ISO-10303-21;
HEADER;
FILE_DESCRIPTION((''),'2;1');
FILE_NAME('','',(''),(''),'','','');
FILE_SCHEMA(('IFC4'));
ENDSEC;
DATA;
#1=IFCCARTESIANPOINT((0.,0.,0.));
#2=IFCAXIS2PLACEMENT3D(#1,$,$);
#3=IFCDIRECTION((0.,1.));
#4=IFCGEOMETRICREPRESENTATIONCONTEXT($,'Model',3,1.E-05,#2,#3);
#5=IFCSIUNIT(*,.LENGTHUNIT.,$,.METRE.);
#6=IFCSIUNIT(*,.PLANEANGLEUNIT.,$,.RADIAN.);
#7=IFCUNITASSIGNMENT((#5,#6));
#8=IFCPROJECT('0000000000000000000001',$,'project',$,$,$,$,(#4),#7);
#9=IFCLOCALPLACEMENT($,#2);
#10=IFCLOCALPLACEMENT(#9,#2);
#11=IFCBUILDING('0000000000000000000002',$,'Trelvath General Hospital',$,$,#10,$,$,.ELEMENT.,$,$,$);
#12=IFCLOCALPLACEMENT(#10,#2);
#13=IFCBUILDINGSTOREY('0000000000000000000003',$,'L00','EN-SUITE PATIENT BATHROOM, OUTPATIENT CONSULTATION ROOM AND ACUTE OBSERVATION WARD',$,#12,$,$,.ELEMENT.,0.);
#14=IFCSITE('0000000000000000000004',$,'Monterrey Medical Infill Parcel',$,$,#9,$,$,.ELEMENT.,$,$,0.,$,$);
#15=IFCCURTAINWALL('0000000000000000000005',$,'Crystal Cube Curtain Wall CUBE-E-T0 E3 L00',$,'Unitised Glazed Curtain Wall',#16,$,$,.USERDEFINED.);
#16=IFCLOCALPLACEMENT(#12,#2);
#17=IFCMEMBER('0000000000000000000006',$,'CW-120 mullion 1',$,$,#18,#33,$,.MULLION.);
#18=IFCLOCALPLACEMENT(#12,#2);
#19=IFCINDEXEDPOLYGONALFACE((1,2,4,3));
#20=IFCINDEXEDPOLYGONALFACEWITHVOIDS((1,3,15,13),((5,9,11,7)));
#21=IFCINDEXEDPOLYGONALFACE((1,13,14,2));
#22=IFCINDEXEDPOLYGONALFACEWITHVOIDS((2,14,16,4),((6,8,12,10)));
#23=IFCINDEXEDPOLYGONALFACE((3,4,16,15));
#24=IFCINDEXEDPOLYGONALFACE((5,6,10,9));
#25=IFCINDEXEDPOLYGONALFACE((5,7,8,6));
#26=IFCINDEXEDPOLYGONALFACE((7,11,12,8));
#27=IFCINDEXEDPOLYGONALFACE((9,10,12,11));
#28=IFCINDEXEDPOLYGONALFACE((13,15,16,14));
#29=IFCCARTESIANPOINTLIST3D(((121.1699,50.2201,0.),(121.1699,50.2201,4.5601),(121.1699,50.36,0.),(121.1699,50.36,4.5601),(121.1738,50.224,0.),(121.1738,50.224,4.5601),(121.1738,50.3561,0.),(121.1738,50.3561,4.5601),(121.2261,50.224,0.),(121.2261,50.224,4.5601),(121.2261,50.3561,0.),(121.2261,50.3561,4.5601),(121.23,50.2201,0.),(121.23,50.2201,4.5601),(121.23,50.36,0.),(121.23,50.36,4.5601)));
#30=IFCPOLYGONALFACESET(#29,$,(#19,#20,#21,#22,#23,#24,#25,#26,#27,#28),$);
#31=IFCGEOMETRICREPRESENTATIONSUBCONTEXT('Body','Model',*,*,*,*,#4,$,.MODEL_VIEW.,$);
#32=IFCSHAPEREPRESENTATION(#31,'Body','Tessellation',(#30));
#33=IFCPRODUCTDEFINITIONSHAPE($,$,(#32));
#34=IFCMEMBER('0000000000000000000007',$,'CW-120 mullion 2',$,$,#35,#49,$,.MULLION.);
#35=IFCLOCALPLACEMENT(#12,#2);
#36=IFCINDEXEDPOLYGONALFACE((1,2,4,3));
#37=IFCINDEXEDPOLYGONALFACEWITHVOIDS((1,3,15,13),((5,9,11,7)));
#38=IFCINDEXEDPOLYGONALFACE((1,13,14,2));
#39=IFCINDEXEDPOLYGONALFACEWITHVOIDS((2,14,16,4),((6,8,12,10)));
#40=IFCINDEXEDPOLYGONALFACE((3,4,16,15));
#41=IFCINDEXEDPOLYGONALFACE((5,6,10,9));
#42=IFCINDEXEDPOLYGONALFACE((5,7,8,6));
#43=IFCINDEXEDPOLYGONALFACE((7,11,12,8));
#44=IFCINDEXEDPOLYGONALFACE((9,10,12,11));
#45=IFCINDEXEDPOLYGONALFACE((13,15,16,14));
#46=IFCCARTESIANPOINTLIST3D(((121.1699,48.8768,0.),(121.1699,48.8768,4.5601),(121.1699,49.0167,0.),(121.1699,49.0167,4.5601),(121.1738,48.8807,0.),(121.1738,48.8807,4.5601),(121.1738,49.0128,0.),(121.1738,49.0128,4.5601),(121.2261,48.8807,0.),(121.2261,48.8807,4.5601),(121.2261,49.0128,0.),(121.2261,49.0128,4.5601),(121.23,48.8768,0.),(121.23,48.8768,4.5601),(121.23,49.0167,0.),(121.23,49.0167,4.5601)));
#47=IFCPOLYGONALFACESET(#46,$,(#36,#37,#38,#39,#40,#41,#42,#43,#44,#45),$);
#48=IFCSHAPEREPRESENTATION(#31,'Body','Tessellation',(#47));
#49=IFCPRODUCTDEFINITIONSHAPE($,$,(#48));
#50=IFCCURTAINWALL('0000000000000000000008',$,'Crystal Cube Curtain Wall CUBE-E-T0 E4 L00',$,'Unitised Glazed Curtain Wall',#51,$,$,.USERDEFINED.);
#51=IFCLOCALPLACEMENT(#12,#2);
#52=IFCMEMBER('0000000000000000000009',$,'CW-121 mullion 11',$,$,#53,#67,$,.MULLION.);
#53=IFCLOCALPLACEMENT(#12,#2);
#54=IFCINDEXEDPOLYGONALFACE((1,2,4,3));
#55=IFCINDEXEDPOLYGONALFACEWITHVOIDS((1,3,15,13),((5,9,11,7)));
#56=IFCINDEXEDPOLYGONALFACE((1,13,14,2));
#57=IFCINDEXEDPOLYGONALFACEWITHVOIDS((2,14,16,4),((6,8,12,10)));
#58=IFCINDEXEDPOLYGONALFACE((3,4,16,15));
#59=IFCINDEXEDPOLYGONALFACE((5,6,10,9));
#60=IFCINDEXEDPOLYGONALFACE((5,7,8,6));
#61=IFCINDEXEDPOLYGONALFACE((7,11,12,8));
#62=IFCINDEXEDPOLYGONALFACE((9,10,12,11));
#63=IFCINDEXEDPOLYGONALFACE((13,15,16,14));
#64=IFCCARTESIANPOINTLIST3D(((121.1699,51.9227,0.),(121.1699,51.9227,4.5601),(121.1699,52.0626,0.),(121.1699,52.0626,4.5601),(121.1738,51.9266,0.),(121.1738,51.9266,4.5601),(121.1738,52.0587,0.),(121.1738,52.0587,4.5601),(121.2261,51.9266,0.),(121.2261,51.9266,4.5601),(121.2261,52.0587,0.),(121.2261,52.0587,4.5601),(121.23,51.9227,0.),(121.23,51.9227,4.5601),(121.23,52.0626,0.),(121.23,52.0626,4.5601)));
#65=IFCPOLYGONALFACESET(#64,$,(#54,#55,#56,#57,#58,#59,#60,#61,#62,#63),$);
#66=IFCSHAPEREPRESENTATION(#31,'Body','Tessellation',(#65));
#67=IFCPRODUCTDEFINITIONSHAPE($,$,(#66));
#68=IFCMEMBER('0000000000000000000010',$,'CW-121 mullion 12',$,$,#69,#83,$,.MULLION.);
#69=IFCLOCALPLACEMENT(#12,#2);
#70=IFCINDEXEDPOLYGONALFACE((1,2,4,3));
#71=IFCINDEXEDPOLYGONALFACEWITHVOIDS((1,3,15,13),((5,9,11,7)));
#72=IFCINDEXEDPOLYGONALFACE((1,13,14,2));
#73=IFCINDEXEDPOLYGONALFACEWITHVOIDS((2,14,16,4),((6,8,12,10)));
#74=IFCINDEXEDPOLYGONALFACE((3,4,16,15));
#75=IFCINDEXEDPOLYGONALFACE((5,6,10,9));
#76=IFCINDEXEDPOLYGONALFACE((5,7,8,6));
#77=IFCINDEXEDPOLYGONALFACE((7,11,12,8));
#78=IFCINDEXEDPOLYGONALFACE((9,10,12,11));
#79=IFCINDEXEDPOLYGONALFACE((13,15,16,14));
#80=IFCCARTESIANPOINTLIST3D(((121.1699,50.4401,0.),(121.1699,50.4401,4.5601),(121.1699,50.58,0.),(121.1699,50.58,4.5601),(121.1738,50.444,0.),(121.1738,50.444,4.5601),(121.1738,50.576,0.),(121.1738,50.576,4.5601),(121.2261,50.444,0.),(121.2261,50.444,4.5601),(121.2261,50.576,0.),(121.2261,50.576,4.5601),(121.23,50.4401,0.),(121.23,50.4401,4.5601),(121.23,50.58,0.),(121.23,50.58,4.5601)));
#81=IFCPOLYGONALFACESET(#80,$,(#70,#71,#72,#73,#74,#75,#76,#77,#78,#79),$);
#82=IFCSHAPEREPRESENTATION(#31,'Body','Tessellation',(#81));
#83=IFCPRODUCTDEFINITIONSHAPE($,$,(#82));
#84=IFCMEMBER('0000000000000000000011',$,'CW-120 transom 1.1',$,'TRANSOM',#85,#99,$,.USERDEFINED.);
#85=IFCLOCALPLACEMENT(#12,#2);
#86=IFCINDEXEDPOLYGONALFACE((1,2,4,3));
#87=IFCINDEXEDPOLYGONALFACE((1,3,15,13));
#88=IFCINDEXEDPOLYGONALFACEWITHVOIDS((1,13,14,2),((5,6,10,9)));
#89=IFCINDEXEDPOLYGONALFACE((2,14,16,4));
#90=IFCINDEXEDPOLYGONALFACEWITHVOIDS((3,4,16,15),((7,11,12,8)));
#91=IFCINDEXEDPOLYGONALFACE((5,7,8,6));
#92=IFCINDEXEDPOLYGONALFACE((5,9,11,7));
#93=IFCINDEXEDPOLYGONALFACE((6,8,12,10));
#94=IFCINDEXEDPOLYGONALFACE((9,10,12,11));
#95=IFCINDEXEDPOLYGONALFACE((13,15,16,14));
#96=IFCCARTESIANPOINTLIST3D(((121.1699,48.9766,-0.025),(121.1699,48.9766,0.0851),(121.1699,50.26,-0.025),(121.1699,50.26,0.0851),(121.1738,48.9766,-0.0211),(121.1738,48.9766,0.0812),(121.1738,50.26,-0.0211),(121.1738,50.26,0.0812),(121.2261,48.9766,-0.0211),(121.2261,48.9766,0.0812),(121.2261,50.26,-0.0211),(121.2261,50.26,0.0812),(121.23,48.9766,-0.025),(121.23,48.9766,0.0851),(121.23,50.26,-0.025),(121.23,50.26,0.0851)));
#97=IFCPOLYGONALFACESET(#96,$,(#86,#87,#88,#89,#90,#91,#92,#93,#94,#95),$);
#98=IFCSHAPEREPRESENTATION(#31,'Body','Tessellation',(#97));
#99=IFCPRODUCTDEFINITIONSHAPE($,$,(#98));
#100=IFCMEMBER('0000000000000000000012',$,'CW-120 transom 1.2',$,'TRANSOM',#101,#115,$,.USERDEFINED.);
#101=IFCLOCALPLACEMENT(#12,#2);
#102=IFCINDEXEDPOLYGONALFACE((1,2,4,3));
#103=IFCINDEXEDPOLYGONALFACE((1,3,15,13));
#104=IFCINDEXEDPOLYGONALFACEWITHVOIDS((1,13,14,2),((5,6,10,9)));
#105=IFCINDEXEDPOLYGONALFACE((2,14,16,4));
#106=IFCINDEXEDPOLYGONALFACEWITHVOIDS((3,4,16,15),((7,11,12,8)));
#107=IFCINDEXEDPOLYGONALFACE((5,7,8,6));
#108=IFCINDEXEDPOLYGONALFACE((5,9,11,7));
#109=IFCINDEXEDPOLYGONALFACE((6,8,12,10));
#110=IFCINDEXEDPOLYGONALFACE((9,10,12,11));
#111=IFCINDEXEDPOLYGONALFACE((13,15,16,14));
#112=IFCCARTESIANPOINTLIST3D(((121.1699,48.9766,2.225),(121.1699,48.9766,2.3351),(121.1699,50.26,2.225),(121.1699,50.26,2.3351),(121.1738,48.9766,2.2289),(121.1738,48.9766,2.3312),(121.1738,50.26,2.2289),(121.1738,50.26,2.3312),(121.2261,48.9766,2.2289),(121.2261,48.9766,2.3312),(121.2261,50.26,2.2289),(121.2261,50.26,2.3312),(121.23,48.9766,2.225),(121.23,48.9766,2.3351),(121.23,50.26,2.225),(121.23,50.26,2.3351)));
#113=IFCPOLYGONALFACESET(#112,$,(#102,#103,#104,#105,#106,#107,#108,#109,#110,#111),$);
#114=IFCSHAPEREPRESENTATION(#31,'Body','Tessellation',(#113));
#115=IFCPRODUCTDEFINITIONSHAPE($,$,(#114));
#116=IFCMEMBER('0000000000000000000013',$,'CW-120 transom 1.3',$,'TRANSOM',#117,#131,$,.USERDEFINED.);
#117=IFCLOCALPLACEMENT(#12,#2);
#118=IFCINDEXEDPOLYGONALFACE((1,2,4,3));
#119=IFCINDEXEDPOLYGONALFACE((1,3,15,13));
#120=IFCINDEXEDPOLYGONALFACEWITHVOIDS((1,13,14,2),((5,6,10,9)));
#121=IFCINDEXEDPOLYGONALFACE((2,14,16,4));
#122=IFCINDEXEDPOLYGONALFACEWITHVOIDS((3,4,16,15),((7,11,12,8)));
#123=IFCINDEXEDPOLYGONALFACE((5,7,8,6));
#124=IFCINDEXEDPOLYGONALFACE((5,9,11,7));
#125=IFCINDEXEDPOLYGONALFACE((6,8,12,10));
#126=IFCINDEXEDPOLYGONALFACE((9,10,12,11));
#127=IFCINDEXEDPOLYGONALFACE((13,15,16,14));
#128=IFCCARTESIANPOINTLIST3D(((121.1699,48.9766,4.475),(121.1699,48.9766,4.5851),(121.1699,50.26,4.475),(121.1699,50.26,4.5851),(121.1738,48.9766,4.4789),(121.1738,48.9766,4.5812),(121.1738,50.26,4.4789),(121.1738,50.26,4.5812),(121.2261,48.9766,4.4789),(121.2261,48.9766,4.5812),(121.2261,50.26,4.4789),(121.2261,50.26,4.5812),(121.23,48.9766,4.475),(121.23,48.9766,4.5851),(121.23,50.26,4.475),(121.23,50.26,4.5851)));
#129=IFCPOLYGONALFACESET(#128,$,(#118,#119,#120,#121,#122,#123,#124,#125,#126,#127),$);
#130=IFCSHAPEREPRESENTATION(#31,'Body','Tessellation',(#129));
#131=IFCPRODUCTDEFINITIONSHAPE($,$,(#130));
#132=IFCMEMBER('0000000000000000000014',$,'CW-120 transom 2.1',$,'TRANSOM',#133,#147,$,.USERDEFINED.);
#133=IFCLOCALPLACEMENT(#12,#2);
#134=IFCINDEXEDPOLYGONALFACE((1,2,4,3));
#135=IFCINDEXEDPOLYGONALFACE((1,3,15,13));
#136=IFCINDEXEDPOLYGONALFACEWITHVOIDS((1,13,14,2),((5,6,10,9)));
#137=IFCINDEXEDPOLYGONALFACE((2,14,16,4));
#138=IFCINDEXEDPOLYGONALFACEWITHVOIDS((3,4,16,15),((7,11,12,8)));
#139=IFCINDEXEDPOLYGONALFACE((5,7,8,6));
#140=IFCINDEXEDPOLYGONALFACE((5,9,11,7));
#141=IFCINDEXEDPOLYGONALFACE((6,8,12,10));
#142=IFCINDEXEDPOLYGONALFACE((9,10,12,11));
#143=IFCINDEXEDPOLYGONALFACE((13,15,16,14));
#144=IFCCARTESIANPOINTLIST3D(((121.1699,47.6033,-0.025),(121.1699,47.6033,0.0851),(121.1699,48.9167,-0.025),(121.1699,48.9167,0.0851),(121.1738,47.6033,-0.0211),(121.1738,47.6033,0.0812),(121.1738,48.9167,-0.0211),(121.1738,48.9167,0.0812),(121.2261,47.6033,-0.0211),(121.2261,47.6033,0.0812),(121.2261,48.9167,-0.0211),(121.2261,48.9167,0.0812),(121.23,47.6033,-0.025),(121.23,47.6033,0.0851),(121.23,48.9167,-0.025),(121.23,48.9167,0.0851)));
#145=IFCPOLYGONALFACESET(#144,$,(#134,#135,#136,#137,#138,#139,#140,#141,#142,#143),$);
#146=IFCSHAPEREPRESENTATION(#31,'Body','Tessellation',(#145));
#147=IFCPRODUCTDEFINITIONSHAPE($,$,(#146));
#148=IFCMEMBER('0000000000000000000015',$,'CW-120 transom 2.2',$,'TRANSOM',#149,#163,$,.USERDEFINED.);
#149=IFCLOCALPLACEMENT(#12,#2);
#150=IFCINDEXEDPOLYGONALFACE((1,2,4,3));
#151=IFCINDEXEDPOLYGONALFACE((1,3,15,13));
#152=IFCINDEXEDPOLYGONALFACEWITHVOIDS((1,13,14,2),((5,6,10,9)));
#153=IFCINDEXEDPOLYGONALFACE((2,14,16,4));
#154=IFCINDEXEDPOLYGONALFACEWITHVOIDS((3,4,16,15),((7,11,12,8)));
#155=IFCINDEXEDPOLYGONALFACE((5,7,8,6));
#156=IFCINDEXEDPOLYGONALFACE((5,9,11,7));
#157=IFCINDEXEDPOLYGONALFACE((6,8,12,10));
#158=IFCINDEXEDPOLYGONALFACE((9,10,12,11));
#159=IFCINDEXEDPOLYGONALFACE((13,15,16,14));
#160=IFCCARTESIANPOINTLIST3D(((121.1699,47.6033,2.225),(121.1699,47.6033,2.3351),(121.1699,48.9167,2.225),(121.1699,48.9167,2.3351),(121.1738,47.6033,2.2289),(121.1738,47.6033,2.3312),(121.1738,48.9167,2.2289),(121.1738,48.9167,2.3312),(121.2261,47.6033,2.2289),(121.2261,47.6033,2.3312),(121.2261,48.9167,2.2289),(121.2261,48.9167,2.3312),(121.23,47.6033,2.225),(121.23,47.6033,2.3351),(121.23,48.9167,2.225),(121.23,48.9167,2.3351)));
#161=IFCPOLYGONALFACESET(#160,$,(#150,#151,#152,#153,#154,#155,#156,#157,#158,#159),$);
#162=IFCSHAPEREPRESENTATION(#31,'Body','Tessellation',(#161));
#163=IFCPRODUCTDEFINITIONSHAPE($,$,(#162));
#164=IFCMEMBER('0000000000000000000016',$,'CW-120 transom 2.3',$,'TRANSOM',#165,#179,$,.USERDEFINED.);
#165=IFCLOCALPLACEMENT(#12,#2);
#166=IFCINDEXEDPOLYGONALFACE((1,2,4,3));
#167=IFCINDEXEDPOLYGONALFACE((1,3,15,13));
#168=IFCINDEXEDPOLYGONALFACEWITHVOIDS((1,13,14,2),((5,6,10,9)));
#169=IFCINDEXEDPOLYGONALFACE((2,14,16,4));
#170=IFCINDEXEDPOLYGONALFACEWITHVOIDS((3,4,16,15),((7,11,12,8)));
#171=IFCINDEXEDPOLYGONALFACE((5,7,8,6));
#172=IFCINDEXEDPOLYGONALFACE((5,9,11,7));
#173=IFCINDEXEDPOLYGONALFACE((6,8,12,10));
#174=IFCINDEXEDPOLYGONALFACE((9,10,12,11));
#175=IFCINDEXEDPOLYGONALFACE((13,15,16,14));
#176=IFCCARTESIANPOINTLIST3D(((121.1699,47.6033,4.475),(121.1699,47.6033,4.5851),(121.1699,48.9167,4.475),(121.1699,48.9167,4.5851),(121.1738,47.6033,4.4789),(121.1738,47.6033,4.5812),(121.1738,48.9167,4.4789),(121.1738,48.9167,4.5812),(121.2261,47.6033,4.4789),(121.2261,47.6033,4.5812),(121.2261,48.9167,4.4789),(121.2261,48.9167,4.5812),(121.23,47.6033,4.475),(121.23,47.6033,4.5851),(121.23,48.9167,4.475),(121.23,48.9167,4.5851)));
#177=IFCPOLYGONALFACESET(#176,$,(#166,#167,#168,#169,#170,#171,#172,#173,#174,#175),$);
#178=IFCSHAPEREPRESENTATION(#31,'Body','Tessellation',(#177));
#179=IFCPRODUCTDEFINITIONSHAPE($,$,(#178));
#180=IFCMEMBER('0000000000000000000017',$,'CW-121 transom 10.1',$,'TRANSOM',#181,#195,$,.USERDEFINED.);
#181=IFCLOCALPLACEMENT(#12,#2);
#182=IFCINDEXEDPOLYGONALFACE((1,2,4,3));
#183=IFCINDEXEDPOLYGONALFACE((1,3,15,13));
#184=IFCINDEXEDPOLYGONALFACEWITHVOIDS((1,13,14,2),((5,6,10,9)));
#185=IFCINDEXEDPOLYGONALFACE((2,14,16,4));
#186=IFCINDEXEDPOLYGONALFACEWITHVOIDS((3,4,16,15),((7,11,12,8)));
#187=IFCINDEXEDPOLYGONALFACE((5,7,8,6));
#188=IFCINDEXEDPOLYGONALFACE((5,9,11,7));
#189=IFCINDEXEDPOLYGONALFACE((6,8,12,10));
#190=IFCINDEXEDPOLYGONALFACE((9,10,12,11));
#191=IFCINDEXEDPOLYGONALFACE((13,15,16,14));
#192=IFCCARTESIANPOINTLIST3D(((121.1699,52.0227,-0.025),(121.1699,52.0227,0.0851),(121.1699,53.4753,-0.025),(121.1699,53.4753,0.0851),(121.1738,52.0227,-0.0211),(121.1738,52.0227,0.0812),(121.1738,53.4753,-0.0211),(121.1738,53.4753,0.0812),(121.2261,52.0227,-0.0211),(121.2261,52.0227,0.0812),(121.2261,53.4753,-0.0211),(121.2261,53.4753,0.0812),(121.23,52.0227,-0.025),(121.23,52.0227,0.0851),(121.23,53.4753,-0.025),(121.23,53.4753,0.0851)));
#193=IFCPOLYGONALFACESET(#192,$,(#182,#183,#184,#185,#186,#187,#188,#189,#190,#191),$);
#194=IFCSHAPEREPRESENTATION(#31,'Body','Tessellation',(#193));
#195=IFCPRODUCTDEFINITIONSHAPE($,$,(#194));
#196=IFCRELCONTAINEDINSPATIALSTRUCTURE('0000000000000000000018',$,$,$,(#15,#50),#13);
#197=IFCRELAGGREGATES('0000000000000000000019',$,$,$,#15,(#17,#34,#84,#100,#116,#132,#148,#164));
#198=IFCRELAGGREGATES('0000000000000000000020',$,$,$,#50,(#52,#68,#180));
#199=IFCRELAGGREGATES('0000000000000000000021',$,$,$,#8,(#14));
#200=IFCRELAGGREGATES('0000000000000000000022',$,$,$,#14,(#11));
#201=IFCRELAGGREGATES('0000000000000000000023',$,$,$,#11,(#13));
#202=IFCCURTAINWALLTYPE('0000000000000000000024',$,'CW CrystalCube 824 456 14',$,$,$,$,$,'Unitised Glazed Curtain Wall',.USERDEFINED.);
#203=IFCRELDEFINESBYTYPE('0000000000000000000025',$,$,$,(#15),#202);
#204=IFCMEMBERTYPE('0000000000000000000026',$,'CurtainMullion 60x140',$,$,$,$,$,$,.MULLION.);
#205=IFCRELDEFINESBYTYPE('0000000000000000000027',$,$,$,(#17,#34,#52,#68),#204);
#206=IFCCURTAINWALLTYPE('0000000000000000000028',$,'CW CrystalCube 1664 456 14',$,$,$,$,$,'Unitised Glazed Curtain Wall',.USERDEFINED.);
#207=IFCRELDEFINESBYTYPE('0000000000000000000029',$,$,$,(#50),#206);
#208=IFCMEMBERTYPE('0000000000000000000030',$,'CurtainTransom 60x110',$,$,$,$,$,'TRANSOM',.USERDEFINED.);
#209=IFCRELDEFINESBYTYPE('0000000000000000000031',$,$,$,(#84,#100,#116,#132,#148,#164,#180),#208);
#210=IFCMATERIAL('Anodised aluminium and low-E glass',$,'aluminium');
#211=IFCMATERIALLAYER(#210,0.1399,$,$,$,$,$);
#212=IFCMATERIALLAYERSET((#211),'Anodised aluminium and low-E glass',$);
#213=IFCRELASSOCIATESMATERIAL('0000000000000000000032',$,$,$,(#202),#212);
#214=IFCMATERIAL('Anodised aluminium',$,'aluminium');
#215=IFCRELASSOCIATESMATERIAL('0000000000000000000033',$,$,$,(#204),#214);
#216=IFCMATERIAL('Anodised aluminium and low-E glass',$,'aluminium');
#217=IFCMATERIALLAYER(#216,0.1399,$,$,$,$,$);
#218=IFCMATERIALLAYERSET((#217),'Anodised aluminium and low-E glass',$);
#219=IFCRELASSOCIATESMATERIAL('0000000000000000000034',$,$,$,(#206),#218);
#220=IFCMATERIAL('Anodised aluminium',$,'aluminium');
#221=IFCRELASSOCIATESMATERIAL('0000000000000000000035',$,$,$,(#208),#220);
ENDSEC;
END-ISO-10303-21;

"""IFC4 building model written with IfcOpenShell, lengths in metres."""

from ifc_helpers import new_model, si_unit, direction, frame, origin, origin_2d, place, context, subcontext, project, spatial, hollow_rectangle, extrude, material, layer, layer_set, material_profile, profile_set, type_object, element, aggregate, save


model = new_model("IFC4")

# Units and contexts
model_context = context("Model", 3, precision=1e-05, world=origin(), true_north=direction((0.0, 1.0)))
body_context = subcontext(model_context, "Body", "Model", "MODEL_VIEW")
ifc_project = project(units=[si_unit("LENGTHUNIT", "METRE"), si_unit("PLANEANGLEUNIT", "RADIAN")], contexts=[model_context])

# Site, building, storey
site_placement = place(None, origin())
site = spatial("IfcSite", under=ifc_project, at=site_placement, Name="Monterrey Medical Infill Parcel", CompositionType="ELEMENT", RefElevation=0.0)
building_placement = place(site_placement, origin())
building = spatial("IfcBuilding", under=site, at=building_placement, Name="Trelvath General Hospital", CompositionType="ELEMENT")
storey_placement = place(building_placement, origin())
storey = spatial("IfcBuildingStorey", under=building, at=storey_placement, Name="L00", Description="EN-SUITE PATIENT BATHROOM, OUTPATIENT CONSULTATION ROOM AND ACUTE OBSERVATION WARD", CompositionType="ELEMENT", Elevation=0.0)

# Curtain walls, members
ifc_material_1 = material(Name="Anodised aluminium and low-E glass", Category="aluminium")
ifc_layer_1 = layer(ifc_material_1, 0.1399)
ifc_layer_set_1 = layer_set([ifc_layer_1], Name="Anodised aluminium and low-E glass")
curtain_wall_type_1 = type_object("IfcCurtainWallType", Name="CW CrystalCube 824 456 14", ElementType="Unitised Glazed Curtain Wall", PredefinedType="USERDEFINED", material=ifc_layer_set_1)
curtain_wall_1_placement = place(storey_placement, origin())
curtain_wall_1 = element("IfcCurtainWall", 1, at=curtain_wall_1_placement, inside=storey, type_object=curtain_wall_type_1, Name="Crystal Cube Curtain Wall CUBE-E-T0 E3 L00", ObjectType="Unitised Glazed Curtain Wall", PredefinedType="USERDEFINED")
ifc_material_2 = material(Name="Anodised aluminium", Category="aluminium")
ifc_material_profile_1 = material_profile(ifc_material_2, hollow_rectangle(XDim=0.0601, YDim=0.1399, WallThickness=0.0039, at=origin_2d()), Name="RHS60x140x4")
ifc_profile_set_1 = profile_set([ifc_material_profile_1], Name="Anodised aluminium")
member_type_1 = type_object("IfcMemberType", Name="CurtainMullion 60x140", PredefinedType="MULLION", material=ifc_profile_set_1)
member_1_placement = place(storey_placement, frame((121.2, 50.29, 0.0), z_axis=(0.0, 0.0, 1.0), x_axis=(1.0, 0.0, 0.0)))
member_1 = element("IfcMember", 2, at=member_1_placement, type_object=member_type_1, Name="CW-120 mullion 1", PredefinedType="MULLION", context=body_context, shape_type="SweptSolid", body=[
    extrude(hollow_rectangle(XDim=0.0601, YDim=0.1399, WallThickness=0.0039, at=origin_2d()), origin(), (0.0, 0.0, 1.0), 4.5601),
])
member_2_placement = place(storey_placement, frame((121.2, 48.9468, 0.0), z_axis=(0.0, 0.0, 1.0), x_axis=(1.0, 0.0, 0.0)))
member_2 = element("IfcMember", 3, at=member_2_placement, type_object=member_type_1, Name="CW-120 mullion 2", PredefinedType="MULLION", context=body_context, shape_type="SweptSolid", body=[
    extrude(hollow_rectangle(XDim=0.0601, YDim=0.1399, WallThickness=0.0039, at=origin_2d()), origin(), (0.0, 0.0, 1.0), 4.5601),
])
ifc_material_3 = material(Name="Anodised aluminium and low-E glass", Category="aluminium")
ifc_layer_2 = layer(ifc_material_3, 0.1399)
ifc_layer_set_2 = layer_set([ifc_layer_2], Name="Anodised aluminium and low-E glass")
curtain_wall_type_2 = type_object("IfcCurtainWallType", Name="CW CrystalCube 1664 456 14", ElementType="Unitised Glazed Curtain Wall", PredefinedType="USERDEFINED", material=ifc_layer_set_2)
curtain_wall_2_placement = place(storey_placement, origin())
curtain_wall_2 = element("IfcCurtainWall", 4, at=curtain_wall_2_placement, inside=storey, type_object=curtain_wall_type_2, Name="Crystal Cube Curtain Wall CUBE-E-T0 E4 L00", ObjectType="Unitised Glazed Curtain Wall", PredefinedType="USERDEFINED")
member_3_placement = place(storey_placement, frame((121.2, 51.9927, 0.0), z_axis=(0.0, 0.0, 1.0), x_axis=(1.0, 0.0, 0.0)))
member_3 = element("IfcMember", 5, at=member_3_placement, type_object=member_type_1, Name="CW-121 mullion 11", PredefinedType="MULLION", context=body_context, shape_type="SweptSolid", body=[
    extrude(hollow_rectangle(XDim=0.0601, YDim=0.1399, WallThickness=0.0039, at=origin_2d()), origin(), (0.0, 0.0, 1.0), 4.5601),
])
member_4_placement = place(storey_placement, frame((121.2, 50.51, 0.0), z_axis=(0.0, 0.0, 1.0), x_axis=(1.0, 0.0, 0.0)))
member_4 = element("IfcMember", 6, at=member_4_placement, type_object=member_type_1, Name="CW-121 mullion 12", PredefinedType="MULLION", context=body_context, shape_type="SweptSolid", body=[
    extrude(hollow_rectangle(XDim=0.0601, YDim=0.1399, WallThickness=0.0039, at=origin_2d()), origin(), (0.0, 0.0, 1.0), 4.5601),
])

# Members
ifc_material_4 = material(Name="Anodised aluminium", Category="aluminium")
ifc_material_profile_2 = material_profile(ifc_material_4, hollow_rectangle(XDim=0.0601, YDim=0.1101, WallThickness=0.0039, at=origin_2d()), Name="RHS60x110x4")
ifc_profile_set_2 = profile_set([ifc_material_profile_2], Name="Anodised aluminium")
member_type_2 = type_object("IfcMemberType", Name="CurtainTransom 60x110", ElementType="TRANSOM", PredefinedType="USERDEFINED", material=ifc_profile_set_2)
member_5_placement = place(storey_placement, frame((121.2, 50.26, 0.03), z_axis=(0.0, -1.0, 0.0), x_axis=(1.0, 0.0, 0.0)))
member_5 = element("IfcMember", 7, at=member_5_placement, type_object=member_type_2, Name="CW-120 transom 1.1", ObjectType="TRANSOM", PredefinedType="USERDEFINED", context=body_context, shape_type="SweptSolid", body=[
    extrude(hollow_rectangle(XDim=0.0601, YDim=0.1101, WallThickness=0.0039, at=origin_2d()), origin(), (0.0, 0.0, 1.0), 1.2834),
])
member_6_placement = place(storey_placement, frame((121.2, 50.26, 2.28), z_axis=(0.0, -1.0, 0.0), x_axis=(1.0, 0.0, 0.0)))
member_6 = element("IfcMember", 8, at=member_6_placement, type_object=member_type_2, Name="CW-120 transom 1.2", ObjectType="TRANSOM", PredefinedType="USERDEFINED", context=body_context, shape_type="SweptSolid", body=[
    extrude(hollow_rectangle(XDim=0.0601, YDim=0.1101, WallThickness=0.0039, at=origin_2d()), origin(), (0.0, 0.0, 1.0), 1.2834),
])
member_7_placement = place(storey_placement, frame((121.2, 50.26, 4.53), z_axis=(0.0, -1.0, 0.0), x_axis=(1.0, 0.0, 0.0)))
member_7 = element("IfcMember", 9, at=member_7_placement, type_object=member_type_2, Name="CW-120 transom 1.3", ObjectType="TRANSOM", PredefinedType="USERDEFINED", context=body_context, shape_type="SweptSolid", body=[
    extrude(hollow_rectangle(XDim=0.0601, YDim=0.1101, WallThickness=0.0039, at=origin_2d()), origin(), (0.0, 0.0, 1.0), 1.2834),
])
member_8_placement = place(storey_placement, frame((121.2, 48.9167, 0.03), z_axis=(0.0, -1.0, 0.0), x_axis=(1.0, 0.0, 0.0)))
member_8 = element("IfcMember", 10, at=member_8_placement, type_object=member_type_2, Name="CW-120 transom 2.1", ObjectType="TRANSOM", PredefinedType="USERDEFINED", context=body_context, shape_type="SweptSolid", body=[
    extrude(hollow_rectangle(XDim=0.0601, YDim=0.1101, WallThickness=0.0039, at=origin_2d()), origin(), (0.0, 0.0, 1.0), 1.3135),
])
member_9_placement = place(storey_placement, frame((121.2, 48.9167, 2.28), z_axis=(0.0, -1.0, 0.0), x_axis=(1.0, 0.0, 0.0)))
member_9 = element("IfcMember", 11, at=member_9_placement, type_object=member_type_2, Name="CW-120 transom 2.2", ObjectType="TRANSOM", PredefinedType="USERDEFINED", context=body_context, shape_type="SweptSolid", body=[
    extrude(hollow_rectangle(XDim=0.0601, YDim=0.1101, WallThickness=0.0039, at=origin_2d()), origin(), (0.0, 0.0, 1.0), 1.3135),
])
member_10_placement = place(storey_placement, frame((121.2, 48.9167, 4.53), z_axis=(0.0, -1.0, 0.0), x_axis=(1.0, 0.0, 0.0)))
member_10 = element("IfcMember", 12, at=member_10_placement, type_object=member_type_2, Name="CW-120 transom 2.3", ObjectType="TRANSOM", PredefinedType="USERDEFINED", context=body_context, shape_type="SweptSolid", body=[
    extrude(hollow_rectangle(XDim=0.0601, YDim=0.1101, WallThickness=0.0039, at=origin_2d()), origin(), (0.0, 0.0, 1.0), 1.3135),
])
member_11_placement = place(storey_placement, frame((121.2, 53.4753, 0.03), z_axis=(0.0, -1.0, 0.0), x_axis=(1.0, 0.0, 0.0)))
member_11 = element("IfcMember", 13, at=member_11_placement, type_object=member_type_2, Name="CW-121 transom 10.1", ObjectType="TRANSOM", PredefinedType="USERDEFINED", context=body_context, shape_type="SweptSolid", body=[
    extrude(hollow_rectangle(XDim=0.0601, YDim=0.1101, WallThickness=0.0039, at=origin_2d()), origin(), (0.0, 0.0, 1.0), 1.4526),
])

aggregate(curtain_wall_1, [member_1, member_2, member_5, member_6, member_7, member_8, member_9, member_10])
aggregate(curtain_wall_2, [member_3, member_4, member_11])

save(model, "model.ifc")
